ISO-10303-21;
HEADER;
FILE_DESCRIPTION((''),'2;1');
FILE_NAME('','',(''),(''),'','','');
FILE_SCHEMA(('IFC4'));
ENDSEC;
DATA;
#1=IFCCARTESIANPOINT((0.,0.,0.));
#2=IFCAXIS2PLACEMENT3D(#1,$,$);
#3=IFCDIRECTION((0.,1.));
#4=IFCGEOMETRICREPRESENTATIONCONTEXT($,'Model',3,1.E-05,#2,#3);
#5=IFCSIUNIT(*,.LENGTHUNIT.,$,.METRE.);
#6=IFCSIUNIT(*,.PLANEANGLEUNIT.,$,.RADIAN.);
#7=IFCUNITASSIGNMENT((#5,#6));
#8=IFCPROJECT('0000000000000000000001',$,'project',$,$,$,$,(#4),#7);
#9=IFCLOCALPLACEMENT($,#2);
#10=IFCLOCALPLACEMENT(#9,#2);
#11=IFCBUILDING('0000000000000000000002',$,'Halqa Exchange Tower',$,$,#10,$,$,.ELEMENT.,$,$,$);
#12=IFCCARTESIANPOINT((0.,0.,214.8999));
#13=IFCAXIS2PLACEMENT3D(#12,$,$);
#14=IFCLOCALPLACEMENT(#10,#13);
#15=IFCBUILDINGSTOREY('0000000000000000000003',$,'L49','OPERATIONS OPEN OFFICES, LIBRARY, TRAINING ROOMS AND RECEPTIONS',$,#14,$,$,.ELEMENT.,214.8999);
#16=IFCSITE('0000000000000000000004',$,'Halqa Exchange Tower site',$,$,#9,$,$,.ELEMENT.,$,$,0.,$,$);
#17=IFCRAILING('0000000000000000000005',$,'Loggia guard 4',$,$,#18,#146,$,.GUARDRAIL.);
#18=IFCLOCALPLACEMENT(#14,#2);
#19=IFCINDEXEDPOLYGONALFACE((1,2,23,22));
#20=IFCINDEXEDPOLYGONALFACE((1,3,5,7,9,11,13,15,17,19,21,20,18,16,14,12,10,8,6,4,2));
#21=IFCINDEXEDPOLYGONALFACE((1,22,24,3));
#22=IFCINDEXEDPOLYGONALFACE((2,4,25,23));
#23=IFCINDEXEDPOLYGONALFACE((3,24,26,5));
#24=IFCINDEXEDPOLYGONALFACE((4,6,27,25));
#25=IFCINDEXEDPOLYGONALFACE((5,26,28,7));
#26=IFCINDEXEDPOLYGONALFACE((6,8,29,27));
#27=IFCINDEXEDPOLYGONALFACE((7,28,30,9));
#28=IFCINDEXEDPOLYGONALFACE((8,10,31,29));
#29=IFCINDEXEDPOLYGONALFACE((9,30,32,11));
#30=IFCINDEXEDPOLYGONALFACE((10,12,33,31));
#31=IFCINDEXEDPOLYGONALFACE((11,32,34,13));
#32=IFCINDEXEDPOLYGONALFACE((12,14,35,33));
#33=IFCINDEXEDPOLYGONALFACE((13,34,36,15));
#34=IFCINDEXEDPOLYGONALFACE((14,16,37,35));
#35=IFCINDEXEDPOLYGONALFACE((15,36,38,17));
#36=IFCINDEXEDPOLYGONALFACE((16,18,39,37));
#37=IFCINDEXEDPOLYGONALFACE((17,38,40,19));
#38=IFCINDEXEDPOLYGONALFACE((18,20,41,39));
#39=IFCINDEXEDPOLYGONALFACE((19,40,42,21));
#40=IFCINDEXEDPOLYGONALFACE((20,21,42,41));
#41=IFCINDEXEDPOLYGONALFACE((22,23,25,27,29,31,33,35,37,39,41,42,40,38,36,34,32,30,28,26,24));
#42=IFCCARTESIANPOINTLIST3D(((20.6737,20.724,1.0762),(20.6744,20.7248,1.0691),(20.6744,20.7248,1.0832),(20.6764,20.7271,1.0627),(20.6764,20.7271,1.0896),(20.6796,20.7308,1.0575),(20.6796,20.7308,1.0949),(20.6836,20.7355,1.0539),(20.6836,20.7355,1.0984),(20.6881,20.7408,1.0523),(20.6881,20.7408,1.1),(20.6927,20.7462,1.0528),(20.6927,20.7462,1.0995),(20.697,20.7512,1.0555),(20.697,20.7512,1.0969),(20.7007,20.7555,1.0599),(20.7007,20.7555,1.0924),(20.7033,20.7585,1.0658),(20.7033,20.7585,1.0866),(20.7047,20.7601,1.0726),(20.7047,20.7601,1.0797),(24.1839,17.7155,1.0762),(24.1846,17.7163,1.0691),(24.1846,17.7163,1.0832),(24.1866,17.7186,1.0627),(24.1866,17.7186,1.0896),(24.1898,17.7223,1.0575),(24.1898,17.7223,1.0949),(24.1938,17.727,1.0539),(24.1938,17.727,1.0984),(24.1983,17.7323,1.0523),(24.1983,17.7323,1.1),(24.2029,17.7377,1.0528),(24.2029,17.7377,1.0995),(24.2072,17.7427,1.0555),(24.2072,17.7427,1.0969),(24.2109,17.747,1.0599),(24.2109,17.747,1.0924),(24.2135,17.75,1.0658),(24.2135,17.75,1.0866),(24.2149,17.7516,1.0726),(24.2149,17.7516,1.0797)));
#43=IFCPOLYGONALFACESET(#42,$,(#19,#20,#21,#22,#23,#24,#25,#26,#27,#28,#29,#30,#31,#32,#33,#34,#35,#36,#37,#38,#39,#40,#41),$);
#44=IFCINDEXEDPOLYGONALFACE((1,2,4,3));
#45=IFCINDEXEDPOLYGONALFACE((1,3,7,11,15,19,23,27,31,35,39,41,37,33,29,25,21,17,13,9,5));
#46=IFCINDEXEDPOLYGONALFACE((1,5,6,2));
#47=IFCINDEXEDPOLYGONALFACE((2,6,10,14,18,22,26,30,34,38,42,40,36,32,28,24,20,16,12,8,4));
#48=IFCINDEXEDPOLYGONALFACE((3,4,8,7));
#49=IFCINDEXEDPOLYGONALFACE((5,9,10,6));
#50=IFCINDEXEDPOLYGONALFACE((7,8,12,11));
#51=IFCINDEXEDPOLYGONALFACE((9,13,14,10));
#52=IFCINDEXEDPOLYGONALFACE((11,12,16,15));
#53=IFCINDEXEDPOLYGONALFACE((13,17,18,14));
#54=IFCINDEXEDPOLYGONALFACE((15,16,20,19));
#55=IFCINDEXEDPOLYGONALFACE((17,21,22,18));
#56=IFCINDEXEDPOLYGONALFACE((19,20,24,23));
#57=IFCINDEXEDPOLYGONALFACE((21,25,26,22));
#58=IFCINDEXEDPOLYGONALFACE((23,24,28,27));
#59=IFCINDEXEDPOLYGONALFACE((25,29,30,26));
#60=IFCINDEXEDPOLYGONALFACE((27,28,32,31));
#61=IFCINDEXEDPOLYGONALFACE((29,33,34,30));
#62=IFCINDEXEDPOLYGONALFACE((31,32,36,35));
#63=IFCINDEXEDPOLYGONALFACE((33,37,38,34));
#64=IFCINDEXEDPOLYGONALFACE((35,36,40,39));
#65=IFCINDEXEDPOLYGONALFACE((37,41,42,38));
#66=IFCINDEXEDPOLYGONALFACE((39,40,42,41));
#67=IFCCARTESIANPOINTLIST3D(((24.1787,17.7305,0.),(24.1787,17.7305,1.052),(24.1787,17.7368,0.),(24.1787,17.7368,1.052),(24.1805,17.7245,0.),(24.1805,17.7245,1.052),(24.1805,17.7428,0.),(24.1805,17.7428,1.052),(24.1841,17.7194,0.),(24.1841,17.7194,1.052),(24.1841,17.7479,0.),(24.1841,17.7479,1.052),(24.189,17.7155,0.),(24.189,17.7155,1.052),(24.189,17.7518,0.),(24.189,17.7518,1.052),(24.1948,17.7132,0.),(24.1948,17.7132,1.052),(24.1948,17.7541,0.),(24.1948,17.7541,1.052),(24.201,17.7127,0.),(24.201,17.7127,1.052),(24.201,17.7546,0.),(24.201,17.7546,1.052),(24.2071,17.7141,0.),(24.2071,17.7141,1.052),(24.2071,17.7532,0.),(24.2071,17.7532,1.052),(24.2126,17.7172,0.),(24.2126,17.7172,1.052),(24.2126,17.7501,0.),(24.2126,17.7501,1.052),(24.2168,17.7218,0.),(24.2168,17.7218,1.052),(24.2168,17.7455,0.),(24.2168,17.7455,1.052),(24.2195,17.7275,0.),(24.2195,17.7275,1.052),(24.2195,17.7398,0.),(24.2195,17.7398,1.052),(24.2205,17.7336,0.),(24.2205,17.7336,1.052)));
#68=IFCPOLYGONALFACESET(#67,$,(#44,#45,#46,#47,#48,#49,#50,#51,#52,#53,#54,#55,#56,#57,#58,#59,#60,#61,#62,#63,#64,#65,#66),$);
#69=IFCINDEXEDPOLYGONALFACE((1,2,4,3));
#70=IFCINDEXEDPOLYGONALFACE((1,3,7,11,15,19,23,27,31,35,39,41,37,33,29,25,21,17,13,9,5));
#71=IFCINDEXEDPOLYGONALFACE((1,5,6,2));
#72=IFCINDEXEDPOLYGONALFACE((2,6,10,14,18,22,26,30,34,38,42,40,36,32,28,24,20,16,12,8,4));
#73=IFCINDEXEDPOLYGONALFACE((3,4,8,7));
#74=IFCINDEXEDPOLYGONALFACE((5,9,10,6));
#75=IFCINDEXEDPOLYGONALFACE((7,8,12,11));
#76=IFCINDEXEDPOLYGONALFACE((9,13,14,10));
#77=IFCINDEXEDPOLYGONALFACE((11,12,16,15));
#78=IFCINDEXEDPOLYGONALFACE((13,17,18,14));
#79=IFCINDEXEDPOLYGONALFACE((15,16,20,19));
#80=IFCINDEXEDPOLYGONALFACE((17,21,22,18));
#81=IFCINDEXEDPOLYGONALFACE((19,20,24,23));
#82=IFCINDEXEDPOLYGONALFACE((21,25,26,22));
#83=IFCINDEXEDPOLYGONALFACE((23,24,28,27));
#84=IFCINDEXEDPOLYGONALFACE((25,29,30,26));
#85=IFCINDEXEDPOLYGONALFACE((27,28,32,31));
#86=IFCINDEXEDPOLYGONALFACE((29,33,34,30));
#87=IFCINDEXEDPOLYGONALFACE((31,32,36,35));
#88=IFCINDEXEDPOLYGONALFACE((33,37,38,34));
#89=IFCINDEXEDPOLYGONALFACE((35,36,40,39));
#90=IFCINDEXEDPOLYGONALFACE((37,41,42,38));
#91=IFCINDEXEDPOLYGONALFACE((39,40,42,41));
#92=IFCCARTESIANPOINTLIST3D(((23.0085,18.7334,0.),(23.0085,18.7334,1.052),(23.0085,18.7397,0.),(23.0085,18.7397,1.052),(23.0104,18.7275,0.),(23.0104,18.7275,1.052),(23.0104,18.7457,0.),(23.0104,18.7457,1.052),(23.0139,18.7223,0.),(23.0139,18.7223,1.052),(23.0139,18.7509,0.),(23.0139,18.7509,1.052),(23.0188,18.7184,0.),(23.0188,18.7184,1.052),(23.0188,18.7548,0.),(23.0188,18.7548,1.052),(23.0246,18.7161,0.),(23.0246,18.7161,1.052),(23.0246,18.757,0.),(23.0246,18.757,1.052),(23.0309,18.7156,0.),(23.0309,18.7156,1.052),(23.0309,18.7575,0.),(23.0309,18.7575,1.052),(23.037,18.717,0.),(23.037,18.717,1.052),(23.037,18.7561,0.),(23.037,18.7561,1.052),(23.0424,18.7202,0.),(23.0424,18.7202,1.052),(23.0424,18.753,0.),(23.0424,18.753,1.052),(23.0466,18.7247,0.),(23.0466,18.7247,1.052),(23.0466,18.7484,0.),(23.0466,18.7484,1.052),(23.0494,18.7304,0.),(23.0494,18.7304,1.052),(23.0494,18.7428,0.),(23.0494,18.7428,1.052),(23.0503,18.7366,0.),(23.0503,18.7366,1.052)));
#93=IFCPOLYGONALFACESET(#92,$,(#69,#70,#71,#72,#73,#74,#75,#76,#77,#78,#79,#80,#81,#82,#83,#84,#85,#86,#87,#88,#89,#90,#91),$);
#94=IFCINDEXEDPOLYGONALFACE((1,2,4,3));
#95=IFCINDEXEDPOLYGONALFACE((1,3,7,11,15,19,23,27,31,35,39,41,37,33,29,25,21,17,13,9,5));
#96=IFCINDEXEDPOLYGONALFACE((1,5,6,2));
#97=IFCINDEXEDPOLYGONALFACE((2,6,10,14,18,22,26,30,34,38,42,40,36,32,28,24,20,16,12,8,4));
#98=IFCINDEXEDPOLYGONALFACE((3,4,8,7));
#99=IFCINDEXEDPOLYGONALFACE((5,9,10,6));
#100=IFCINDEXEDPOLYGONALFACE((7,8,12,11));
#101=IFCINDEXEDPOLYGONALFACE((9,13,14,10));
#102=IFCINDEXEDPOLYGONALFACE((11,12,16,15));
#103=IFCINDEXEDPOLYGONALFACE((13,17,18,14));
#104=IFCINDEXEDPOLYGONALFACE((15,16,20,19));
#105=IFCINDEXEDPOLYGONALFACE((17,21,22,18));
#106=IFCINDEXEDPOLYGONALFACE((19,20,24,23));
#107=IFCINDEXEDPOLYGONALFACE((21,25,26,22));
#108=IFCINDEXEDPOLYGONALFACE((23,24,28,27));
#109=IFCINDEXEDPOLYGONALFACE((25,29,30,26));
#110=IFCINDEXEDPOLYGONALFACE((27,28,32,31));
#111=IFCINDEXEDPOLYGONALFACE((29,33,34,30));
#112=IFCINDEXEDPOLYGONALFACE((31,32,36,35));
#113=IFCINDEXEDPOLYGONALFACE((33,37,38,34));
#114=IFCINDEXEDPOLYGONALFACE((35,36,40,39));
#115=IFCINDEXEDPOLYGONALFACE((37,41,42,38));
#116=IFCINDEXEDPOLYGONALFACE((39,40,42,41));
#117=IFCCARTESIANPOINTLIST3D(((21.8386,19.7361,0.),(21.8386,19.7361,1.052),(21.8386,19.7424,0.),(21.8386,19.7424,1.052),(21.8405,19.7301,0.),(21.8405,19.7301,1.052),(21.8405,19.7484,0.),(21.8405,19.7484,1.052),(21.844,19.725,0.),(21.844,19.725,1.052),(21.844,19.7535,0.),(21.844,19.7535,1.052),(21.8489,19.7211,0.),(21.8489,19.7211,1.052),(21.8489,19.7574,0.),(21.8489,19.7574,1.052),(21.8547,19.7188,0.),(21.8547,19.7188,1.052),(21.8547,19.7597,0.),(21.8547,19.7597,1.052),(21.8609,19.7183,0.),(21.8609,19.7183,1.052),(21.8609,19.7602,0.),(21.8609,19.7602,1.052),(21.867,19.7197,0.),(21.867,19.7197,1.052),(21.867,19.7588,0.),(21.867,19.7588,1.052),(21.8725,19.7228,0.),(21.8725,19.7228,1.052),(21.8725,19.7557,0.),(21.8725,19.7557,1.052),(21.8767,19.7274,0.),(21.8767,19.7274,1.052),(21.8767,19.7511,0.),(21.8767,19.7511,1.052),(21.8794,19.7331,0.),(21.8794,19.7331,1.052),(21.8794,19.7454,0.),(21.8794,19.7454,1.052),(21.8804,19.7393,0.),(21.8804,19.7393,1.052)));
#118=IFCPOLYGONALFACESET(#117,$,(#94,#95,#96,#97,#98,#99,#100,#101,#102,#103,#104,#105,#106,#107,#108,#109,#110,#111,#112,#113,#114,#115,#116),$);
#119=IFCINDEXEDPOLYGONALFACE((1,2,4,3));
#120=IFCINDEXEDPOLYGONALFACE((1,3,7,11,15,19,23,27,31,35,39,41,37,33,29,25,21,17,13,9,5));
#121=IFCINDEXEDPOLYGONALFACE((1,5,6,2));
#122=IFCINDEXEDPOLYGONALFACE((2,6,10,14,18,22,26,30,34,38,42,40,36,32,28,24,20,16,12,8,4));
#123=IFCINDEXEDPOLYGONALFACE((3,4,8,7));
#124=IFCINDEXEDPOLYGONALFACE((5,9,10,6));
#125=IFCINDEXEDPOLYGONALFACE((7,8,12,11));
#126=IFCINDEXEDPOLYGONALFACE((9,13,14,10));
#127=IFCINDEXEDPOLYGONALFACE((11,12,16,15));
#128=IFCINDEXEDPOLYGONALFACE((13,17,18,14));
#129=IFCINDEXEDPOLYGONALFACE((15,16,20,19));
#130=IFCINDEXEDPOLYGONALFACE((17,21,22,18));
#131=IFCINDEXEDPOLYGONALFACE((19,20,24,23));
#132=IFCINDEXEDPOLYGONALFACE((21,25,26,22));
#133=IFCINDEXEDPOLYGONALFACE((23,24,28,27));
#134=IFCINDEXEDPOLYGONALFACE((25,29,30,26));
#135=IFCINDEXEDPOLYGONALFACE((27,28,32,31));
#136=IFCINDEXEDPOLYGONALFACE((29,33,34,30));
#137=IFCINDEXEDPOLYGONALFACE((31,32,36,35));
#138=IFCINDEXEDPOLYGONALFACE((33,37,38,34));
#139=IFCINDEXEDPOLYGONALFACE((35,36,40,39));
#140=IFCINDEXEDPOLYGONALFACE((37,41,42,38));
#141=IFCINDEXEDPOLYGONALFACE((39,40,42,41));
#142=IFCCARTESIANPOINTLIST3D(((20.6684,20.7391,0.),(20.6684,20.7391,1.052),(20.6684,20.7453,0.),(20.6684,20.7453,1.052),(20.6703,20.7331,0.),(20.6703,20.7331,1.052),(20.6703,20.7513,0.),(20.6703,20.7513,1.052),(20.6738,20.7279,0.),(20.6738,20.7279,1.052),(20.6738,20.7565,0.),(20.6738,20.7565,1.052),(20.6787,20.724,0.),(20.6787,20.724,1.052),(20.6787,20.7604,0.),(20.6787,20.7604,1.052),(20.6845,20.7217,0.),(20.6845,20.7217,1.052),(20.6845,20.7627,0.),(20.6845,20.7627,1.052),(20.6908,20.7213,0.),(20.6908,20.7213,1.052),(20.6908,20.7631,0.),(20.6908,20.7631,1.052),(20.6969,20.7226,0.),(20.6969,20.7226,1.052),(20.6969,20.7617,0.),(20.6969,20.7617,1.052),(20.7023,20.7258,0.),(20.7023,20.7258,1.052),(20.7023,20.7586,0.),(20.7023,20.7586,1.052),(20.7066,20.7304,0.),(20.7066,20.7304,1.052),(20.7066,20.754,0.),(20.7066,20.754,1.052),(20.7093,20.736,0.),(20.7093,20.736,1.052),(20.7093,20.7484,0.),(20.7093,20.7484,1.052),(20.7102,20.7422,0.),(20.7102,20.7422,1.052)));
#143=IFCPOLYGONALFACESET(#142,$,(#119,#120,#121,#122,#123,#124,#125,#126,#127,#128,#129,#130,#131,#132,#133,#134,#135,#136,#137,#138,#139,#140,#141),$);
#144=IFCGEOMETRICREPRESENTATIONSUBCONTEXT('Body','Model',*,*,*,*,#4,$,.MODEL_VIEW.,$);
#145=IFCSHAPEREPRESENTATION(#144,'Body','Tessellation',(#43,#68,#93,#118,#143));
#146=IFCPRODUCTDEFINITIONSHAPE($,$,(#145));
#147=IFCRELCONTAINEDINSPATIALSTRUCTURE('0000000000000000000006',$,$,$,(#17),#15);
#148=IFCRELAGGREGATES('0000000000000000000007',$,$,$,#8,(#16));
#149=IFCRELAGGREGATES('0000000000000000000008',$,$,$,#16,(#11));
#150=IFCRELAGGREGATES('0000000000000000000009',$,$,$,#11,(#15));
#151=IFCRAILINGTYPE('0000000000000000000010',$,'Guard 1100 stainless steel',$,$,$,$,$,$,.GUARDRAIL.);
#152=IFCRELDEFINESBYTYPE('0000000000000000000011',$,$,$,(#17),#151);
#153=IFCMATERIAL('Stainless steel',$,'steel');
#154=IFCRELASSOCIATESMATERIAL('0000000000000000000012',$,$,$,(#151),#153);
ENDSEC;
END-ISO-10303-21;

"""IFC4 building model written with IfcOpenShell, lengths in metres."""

from ifc_helpers import new_model, si_unit, direction, frame, origin, origin_2d, place, context, subcontext, project, spatial, circle, extrude, material, type_object, element, save


model = new_model("IFC4")

# Units and contexts
model_context = context("Model", 3, precision=1e-05, world=origin(), true_north=direction((0.0, 1.0)))
body_context = subcontext(model_context, "Body", "Model", "MODEL_VIEW")
ifc_project = project(units=[si_unit("LENGTHUNIT", "METRE"), si_unit("PLANEANGLEUNIT", "RADIAN")], contexts=[model_context])

# Site, building, storey
site_placement = place(None, origin())
site = spatial("IfcSite", under=ifc_project, at=site_placement, Name="Halqa Exchange Tower site", CompositionType="ELEMENT", RefElevation=0.0)
building_placement = place(site_placement, origin())
building = spatial("IfcBuilding", under=site, at=building_placement, Name="Halqa Exchange Tower", CompositionType="ELEMENT")
storey_placement = place(building_placement, frame((0.0, 0.0, 214.8999)))
storey = spatial("IfcBuildingStorey", under=building, at=storey_placement, Name="L49", Description="OPERATIONS OPEN OFFICES, LIBRARY, TRAINING ROOMS AND RECEPTIONS", CompositionType="ELEMENT", Elevation=214.8999)

# Railing
ifc_material_1 = material(Name="Stainless steel", Category="steel")
railing_type = type_object("IfcRailingType", Name="Guard 1100 stainless steel", PredefinedType="GUARDRAIL", material=ifc_material_1)
railing_1_placement = place(storey_placement, frame((24.1995, 17.7336, 0.0)))
element("IfcRailing", 1, at=railing_1_placement, inside=storey, type_object=railing_type, Name="Loggia guard 4", PredefinedType="GUARDRAIL", context=body_context, shape_type="SweptSolid", body=[
    extrude(circle(Radius=0.0239, at=origin_2d()), frame((0.0, 0.0, 1.0762), z_axis=(-0.759283, 0.650761, 0.0), x_axis=(-0.650761, -0.759283, 0.0)), (0.0, 0.0, 1.0), 4.623),
    extrude(circle(Radius=0.021, at=origin_2d()), origin(), (0.0, 0.0, 1.0), 1.052),
    extrude(circle(Radius=0.021, at=origin_2d()), frame((-1.1702, 1.0029, 0.0)), (0.0, 0.0, 1.0), 1.052),
    extrude(circle(Radius=0.021, at=origin_2d()), frame((-2.3401, 2.0056, 0.0)), (0.0, 0.0, 1.0), 1.052),
    extrude(circle(Radius=0.021, at=origin_2d()), frame((-3.5103, 3.0085, 0.0)), (0.0, 0.0, 1.0), 1.052),
])

save(model, "model.ifc")
